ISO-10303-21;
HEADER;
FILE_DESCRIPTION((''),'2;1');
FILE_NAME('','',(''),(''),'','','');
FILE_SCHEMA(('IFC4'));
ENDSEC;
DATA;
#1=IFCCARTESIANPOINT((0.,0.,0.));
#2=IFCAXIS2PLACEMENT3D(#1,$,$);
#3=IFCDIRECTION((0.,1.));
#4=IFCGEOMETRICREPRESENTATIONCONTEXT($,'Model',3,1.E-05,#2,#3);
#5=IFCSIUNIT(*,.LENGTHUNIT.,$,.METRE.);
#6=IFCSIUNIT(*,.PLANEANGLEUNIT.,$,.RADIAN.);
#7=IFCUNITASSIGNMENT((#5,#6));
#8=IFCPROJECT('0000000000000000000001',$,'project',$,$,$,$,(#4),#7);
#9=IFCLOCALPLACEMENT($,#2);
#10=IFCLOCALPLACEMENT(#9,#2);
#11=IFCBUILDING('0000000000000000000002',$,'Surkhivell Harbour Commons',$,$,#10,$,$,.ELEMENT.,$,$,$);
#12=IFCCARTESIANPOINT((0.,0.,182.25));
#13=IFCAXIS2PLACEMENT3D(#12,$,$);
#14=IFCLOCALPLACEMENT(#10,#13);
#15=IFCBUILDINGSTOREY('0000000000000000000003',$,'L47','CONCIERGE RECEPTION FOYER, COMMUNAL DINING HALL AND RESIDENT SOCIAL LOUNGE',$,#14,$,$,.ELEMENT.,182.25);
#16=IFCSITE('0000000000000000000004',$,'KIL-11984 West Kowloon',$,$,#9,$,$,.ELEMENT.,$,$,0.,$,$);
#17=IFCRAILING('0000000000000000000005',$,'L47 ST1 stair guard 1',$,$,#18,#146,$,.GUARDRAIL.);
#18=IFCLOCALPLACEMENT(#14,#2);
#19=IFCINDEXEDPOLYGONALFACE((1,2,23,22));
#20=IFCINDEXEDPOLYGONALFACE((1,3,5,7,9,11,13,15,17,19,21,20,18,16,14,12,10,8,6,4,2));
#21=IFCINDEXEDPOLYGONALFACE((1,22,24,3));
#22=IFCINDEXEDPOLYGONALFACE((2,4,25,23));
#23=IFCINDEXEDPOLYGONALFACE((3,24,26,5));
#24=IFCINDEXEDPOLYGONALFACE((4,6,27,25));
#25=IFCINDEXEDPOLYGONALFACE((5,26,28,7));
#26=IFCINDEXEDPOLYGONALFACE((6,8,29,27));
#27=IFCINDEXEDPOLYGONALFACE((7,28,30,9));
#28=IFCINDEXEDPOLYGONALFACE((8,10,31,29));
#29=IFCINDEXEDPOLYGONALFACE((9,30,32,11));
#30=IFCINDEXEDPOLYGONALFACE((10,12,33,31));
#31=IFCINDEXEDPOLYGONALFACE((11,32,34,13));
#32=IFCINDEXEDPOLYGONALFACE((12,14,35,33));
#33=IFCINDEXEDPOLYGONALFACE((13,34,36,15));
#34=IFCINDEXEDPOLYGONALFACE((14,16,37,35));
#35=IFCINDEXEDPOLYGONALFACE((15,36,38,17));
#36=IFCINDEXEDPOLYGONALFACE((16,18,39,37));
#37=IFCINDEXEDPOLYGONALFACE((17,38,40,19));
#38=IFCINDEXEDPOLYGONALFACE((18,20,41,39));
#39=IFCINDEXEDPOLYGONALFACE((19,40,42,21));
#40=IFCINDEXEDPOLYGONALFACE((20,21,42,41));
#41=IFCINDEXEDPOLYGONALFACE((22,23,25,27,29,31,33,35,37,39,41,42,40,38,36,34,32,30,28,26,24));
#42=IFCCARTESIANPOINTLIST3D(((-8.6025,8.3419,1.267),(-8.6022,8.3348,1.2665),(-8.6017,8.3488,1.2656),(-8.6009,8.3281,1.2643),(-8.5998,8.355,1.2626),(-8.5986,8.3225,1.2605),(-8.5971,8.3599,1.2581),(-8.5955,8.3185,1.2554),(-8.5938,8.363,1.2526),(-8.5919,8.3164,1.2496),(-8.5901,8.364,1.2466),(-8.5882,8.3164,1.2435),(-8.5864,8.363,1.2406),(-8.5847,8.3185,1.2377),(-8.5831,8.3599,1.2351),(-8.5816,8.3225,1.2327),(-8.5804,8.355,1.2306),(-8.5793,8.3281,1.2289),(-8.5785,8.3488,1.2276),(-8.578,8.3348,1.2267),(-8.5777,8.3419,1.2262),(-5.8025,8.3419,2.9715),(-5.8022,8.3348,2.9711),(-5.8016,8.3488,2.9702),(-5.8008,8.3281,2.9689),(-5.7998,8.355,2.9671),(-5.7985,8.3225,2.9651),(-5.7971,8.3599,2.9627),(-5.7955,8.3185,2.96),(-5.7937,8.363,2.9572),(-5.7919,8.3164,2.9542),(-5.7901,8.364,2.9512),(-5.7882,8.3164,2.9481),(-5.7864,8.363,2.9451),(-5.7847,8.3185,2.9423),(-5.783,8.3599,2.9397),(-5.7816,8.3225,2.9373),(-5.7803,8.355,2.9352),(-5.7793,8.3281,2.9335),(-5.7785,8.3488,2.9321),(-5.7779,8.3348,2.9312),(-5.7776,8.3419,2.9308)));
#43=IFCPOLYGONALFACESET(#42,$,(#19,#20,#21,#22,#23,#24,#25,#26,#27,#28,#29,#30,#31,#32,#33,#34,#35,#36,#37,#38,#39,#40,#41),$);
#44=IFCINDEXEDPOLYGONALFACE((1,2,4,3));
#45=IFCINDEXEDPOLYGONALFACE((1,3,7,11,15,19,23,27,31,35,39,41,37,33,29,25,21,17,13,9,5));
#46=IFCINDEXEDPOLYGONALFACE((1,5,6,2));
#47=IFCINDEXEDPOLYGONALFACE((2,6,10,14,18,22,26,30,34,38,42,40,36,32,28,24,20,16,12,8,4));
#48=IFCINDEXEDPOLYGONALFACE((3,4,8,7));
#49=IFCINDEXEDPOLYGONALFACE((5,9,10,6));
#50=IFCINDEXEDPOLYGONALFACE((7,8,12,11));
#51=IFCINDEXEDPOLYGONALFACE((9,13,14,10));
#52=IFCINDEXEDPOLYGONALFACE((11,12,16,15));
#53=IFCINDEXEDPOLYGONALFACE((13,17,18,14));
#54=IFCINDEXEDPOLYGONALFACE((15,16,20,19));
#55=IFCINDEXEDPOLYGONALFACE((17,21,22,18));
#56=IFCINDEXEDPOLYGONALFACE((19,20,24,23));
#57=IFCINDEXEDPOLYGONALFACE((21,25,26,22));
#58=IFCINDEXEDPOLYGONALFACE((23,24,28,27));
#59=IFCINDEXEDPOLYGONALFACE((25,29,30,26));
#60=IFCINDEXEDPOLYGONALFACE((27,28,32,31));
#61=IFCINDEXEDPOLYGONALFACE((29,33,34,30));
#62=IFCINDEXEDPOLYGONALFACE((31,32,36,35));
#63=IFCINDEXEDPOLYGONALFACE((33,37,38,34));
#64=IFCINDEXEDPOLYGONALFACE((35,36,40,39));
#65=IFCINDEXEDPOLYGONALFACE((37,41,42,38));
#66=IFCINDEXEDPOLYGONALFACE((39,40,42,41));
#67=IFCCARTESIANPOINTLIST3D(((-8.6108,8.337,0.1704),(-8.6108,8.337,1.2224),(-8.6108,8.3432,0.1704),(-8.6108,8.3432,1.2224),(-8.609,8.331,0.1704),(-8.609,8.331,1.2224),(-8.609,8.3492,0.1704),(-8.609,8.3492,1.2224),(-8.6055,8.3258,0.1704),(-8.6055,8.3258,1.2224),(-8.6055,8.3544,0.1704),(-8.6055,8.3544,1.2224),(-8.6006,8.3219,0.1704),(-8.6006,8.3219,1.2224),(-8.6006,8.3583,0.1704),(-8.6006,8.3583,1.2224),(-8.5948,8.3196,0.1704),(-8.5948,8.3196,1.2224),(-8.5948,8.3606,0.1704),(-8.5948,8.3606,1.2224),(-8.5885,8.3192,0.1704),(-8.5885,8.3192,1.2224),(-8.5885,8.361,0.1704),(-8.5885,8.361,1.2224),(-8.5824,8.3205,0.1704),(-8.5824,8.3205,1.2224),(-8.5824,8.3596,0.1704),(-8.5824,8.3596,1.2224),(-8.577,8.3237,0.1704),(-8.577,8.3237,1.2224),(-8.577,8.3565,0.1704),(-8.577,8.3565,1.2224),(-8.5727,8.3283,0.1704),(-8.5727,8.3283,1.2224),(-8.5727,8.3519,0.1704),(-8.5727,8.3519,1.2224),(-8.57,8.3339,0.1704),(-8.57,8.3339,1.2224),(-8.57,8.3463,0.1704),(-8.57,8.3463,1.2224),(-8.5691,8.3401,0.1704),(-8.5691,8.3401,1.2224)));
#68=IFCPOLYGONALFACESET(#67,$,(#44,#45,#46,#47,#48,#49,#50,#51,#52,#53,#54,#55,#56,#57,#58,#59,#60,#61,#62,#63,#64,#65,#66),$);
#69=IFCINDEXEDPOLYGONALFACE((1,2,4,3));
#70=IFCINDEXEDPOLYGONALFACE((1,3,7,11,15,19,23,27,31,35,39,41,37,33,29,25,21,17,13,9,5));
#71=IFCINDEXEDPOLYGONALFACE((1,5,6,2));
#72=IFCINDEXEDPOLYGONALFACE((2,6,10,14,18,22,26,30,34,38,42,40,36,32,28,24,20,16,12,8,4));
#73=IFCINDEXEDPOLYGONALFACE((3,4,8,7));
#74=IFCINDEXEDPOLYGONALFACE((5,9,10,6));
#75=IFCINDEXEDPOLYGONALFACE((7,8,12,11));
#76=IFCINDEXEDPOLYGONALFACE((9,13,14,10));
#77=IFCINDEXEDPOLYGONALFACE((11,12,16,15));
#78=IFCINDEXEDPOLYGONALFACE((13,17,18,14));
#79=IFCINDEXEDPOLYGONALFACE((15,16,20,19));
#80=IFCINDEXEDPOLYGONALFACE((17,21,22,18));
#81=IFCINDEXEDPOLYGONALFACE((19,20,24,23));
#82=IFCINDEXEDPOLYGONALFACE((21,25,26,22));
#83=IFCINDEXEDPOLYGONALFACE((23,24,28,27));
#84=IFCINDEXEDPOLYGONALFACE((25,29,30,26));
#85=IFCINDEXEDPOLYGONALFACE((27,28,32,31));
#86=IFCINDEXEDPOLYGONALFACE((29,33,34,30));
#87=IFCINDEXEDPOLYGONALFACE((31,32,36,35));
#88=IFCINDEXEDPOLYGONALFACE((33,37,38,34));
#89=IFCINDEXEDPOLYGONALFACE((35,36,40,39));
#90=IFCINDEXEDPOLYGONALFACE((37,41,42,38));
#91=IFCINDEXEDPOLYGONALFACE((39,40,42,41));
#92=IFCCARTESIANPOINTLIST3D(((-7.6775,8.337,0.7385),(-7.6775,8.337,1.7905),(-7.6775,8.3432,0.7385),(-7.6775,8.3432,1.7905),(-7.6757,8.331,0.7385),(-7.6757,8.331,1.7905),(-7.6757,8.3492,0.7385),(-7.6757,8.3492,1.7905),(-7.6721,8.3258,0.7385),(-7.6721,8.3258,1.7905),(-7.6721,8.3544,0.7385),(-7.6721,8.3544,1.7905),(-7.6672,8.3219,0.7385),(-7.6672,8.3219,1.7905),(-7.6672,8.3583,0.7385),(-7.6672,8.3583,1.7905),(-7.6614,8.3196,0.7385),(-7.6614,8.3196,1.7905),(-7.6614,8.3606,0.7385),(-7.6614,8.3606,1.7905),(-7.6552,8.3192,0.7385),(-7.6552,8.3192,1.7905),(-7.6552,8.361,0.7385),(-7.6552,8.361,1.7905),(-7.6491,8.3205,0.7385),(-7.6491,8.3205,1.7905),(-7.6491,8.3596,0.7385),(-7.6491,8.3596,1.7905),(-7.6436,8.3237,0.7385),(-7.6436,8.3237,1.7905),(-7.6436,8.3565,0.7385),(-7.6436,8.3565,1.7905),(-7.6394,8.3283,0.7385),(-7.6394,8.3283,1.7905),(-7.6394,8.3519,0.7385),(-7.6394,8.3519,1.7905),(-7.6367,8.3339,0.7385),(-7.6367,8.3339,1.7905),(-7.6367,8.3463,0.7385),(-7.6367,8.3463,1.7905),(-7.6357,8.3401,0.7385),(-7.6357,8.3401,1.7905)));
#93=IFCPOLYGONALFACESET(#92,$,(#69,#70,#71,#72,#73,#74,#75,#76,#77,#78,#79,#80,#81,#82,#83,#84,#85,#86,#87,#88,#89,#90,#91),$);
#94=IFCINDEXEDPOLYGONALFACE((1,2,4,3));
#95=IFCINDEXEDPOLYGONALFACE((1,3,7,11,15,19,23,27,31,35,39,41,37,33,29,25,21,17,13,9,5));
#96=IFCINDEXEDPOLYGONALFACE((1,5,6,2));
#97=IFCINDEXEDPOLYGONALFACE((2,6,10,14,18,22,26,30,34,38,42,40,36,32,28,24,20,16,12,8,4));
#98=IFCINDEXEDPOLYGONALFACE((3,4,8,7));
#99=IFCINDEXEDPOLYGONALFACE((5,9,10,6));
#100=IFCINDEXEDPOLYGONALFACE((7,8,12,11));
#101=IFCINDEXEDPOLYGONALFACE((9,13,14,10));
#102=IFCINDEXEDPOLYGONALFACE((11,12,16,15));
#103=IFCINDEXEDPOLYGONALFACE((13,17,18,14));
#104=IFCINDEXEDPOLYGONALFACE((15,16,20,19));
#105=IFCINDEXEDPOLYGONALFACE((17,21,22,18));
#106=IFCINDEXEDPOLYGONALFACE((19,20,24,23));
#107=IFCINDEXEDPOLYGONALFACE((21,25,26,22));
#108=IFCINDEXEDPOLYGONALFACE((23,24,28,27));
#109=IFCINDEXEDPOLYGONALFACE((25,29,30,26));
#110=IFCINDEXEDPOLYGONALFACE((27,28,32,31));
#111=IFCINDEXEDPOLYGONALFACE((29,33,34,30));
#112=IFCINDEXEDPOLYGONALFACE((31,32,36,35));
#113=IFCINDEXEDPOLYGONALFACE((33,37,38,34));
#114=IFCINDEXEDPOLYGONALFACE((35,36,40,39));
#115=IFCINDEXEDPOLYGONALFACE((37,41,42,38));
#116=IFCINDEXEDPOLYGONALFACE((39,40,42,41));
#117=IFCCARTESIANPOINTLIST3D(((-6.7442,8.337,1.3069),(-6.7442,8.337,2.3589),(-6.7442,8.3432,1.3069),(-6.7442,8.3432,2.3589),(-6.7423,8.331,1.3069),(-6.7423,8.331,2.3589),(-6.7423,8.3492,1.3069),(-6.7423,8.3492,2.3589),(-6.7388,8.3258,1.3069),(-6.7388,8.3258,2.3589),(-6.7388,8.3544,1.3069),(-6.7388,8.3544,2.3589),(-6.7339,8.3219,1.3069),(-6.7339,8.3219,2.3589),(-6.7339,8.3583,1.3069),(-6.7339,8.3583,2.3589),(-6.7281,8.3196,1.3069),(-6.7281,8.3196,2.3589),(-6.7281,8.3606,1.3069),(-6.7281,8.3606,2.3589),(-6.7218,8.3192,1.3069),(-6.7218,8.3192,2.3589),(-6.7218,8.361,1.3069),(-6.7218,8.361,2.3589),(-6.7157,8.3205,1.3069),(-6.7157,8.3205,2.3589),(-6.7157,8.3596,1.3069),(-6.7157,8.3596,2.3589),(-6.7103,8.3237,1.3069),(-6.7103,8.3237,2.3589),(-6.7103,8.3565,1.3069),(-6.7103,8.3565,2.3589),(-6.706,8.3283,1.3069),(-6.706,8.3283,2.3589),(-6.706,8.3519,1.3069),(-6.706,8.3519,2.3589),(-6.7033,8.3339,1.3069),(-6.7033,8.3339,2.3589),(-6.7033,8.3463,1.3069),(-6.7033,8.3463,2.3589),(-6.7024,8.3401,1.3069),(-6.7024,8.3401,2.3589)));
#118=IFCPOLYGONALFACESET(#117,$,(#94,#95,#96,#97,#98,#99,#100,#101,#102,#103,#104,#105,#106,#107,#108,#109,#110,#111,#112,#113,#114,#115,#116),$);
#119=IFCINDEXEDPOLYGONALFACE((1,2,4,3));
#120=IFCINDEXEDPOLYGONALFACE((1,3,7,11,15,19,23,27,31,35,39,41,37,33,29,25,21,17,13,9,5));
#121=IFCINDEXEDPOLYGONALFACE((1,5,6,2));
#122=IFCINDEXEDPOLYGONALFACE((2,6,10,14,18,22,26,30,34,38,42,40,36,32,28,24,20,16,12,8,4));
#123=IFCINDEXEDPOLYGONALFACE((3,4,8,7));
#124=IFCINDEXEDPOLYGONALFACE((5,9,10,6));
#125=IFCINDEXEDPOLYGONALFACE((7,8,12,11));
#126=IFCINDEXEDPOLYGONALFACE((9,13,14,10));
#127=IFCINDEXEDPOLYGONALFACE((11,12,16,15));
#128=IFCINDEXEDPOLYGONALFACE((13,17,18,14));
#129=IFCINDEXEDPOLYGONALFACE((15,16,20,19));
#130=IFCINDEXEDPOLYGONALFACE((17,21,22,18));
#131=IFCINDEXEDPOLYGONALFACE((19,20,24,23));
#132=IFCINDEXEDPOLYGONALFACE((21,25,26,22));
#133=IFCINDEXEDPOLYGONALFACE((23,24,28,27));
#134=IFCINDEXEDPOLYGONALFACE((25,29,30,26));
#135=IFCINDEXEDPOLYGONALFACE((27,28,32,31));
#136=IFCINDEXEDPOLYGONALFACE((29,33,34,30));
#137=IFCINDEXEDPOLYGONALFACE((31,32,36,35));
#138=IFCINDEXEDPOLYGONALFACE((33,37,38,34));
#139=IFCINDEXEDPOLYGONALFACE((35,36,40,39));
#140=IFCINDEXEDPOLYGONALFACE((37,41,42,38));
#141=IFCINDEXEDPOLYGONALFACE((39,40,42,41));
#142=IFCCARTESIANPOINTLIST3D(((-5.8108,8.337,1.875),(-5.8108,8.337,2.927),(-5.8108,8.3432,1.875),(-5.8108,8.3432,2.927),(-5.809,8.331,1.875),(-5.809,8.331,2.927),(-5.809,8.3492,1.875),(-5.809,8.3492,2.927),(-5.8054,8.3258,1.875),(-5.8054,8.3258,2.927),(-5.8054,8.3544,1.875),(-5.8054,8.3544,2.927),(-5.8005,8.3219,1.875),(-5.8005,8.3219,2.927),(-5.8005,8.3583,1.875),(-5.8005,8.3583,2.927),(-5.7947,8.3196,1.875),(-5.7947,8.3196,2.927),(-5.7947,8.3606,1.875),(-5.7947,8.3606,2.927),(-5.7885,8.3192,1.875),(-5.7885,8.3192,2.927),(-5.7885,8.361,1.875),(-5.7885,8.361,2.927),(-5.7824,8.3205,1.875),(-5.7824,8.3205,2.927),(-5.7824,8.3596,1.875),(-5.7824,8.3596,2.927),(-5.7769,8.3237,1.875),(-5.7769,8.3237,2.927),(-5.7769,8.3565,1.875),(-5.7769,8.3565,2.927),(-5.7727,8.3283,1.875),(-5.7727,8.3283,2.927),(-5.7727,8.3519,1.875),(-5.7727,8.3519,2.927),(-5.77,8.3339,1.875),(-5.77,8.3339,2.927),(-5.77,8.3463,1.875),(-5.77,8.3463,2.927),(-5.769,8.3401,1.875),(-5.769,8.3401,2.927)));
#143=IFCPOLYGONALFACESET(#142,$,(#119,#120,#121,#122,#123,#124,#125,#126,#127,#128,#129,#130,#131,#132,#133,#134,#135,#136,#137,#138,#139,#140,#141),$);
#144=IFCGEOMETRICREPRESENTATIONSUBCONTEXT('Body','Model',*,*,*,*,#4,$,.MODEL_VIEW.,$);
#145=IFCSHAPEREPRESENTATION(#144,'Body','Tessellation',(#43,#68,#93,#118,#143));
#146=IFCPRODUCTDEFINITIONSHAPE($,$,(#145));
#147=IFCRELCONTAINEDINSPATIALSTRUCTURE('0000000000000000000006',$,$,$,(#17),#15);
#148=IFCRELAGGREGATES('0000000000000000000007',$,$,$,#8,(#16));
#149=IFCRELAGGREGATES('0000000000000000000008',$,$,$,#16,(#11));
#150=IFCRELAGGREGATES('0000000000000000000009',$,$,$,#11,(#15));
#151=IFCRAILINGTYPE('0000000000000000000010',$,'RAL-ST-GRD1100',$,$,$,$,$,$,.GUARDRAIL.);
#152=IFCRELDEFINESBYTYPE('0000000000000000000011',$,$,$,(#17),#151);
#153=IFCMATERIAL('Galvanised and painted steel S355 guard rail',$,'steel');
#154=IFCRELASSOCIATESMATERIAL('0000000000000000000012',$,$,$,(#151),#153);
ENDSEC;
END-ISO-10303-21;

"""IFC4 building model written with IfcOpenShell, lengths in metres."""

from ifc_helpers import new_model, si_unit, direction, frame, origin, origin_2d, place, context, subcontext, project, spatial, circle, extrude, material, type_object, element, save


model = new_model("IFC4")

# Units and contexts
model_context = context("Model", 3, precision=1e-05, world=origin(), true_north=direction((0.0, 1.0)))
body_context = subcontext(model_context, "Body", "Model", "MODEL_VIEW")
ifc_project = project(units=[si_unit("LENGTHUNIT", "METRE"), si_unit("PLANEANGLEUNIT", "RADIAN")], contexts=[model_context])

# Site, building, storey
site_placement = place(None, origin())
site = spatial("IfcSite", under=ifc_project, at=site_placement, Name="KIL-11984 West Kowloon", CompositionType="ELEMENT", RefElevation=0.0)
building_placement = place(site_placement, origin())
building = spatial("IfcBuilding", under=site, at=building_placement, Name="Surkhivell Harbour Commons", CompositionType="ELEMENT")
storey_placement = place(building_placement, frame((0.0, 0.0, 182.25)))
storey = spatial("IfcBuildingStorey", under=building, at=storey_placement, Name="L47", Description="CONCIERGE RECEPTION FOYER, COMMUNAL DINING HALL AND RESIDENT SOCIAL LOUNGE", CompositionType="ELEMENT", Elevation=182.25)

# Railing
ifc_material_1 = material(Name="Galvanised and painted steel S355 guard rail", Category="steel")
railing_type_1 = type_object("IfcRailingType", Name="RAL-ST-GRD1100", PredefinedType="GUARDRAIL", material=ifc_material_1)
railing_1_placement = place(storey_placement, frame((-8.5901, 8.3401, 0.1704)))
element("IfcRailing", 1, at=railing_1_placement, inside=storey, type_object=railing_type_1, Name="L47 ST1 stair guard 1", PredefinedType="GUARDRAIL", context=body_context, shape_type="SweptSolid", body=[
    extrude(circle(Radius=0.0239, at=origin_2d()), frame((0.0, 0.0, 1.0762), z_axis=(0.85417, 0.0, 0.519994), x_axis=(0.0, 1.0, 0.0)), (0.0, 0.0, 1.0), 3.2781),
    extrude(circle(Radius=0.021, at=origin_2d()), origin(), (0.0, 0.0, 1.0), 1.052),
    extrude(circle(Radius=0.021, at=origin_2d()), frame((0.9333, 0.0, 0.5681)), (0.0, 0.0, 1.0), 1.052),
    extrude(circle(Radius=0.021, at=origin_2d()), frame((1.8667, 0.0, 1.1365)), (0.0, 0.0, 1.0), 1.052),
    extrude(circle(Radius=0.021, at=origin_2d()), frame((2.8, 0.0, 1.7046)), (0.0, 0.0, 1.0), 1.052),
])

save(model, "model.ifc")
